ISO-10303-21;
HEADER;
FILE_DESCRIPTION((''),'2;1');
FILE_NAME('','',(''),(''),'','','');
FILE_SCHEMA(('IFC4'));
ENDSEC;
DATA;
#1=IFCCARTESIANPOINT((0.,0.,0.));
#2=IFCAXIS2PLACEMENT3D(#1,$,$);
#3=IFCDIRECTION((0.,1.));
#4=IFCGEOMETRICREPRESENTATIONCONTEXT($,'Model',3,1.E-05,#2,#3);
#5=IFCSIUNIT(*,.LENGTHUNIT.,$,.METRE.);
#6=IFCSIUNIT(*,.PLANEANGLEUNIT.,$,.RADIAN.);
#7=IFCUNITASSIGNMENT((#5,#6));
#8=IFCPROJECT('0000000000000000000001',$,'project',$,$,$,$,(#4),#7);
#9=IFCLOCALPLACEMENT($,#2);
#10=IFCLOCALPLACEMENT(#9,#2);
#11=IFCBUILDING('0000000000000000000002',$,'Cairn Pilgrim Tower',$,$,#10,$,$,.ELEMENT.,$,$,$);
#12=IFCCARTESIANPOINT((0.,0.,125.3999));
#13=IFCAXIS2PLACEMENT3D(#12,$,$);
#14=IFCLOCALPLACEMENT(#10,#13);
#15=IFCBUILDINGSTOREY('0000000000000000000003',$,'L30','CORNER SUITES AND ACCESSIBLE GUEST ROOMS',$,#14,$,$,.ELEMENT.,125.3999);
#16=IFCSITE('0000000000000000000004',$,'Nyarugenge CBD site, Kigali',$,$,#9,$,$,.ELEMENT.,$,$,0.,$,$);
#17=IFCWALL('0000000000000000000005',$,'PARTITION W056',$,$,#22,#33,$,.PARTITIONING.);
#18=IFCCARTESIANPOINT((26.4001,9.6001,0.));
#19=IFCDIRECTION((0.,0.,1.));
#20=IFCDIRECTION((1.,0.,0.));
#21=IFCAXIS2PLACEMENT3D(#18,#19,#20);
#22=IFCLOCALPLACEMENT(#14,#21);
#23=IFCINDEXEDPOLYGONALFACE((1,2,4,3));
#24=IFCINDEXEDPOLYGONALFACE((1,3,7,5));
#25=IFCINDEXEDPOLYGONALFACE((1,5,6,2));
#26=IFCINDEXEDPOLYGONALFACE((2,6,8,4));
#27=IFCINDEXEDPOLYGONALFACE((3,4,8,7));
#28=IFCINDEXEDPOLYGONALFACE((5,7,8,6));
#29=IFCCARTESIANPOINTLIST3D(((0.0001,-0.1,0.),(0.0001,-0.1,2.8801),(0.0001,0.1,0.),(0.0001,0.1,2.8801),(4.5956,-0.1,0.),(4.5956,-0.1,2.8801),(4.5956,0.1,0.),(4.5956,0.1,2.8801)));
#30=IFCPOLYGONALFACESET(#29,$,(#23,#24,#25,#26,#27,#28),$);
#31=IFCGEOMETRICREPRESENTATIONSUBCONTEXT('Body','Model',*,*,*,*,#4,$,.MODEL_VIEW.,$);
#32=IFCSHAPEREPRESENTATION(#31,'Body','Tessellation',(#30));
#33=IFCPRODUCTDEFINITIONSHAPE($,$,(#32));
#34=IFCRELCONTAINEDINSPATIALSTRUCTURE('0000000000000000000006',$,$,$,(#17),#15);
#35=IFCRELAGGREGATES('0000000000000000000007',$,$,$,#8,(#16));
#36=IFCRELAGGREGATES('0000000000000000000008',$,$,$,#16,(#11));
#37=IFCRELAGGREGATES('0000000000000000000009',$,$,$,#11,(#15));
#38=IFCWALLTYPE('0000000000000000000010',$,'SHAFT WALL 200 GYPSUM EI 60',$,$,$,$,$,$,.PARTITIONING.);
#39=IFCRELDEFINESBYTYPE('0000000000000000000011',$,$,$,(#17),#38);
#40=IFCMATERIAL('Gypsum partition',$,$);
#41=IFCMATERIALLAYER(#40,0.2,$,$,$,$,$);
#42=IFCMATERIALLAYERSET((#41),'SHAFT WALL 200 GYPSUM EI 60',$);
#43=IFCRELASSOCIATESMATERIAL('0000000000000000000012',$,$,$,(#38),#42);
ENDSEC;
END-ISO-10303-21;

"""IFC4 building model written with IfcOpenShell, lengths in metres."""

from ifc_helpers import new_model, si_unit, direction, frame, frame_2d, origin, place, context, subcontext, project, spatial, rectangle, extrude, material, layer, layer_set, type_object, element, save


model = new_model("IFC4")

# Units and contexts
model_context = context("Model", 3, precision=1e-05, world=origin(), true_north=direction((0.0, 1.0)))
body_context = subcontext(model_context, "Body", "Model", "MODEL_VIEW")
ifc_project = project(units=[si_unit("LENGTHUNIT", "METRE"), si_unit("PLANEANGLEUNIT", "RADIAN")], contexts=[model_context])

# Site, building, storey
site_placement = place(None, origin())
site = spatial("IfcSite", under=ifc_project, at=site_placement, Name="Nyarugenge CBD site, Kigali", CompositionType="ELEMENT", RefElevation=0.0)
building_placement = place(site_placement, origin())
building = spatial("IfcBuilding", under=site, at=building_placement, Name="Cairn Pilgrim Tower", CompositionType="ELEMENT")
storey_placement = place(building_placement, frame((0.0, 0.0, 125.3999)))
storey = spatial("IfcBuildingStorey", under=building, at=storey_placement, Name="L30", Description="CORNER SUITES AND ACCESSIBLE GUEST ROOMS", CompositionType="ELEMENT", Elevation=125.3999)

# Shared definitions
ifc_material_1 = material(Name="Gypsum partition")

# Wall
ifc_layer_1 = layer(ifc_material_1, 0.2)
ifc_layer_set_1 = layer_set([ifc_layer_1], Name="SHAFT WALL 200 GYPSUM EI 60")
wall_type_1 = type_object("IfcWallType", Name="SHAFT WALL 200 GYPSUM EI 60", PredefinedType="PARTITIONING", material=ifc_layer_set_1)
wall_1_placement = place(storey_placement, frame((26.4001, 9.6001, 0.0), z_axis=(0.0, 0.0, 1.0), x_axis=(1.0, 0.0, 0.0)))
element("IfcWall", 1, at=wall_1_placement, inside=storey, type_object=wall_type_1, Name="PARTITION W056", PredefinedType="PARTITIONING", context=body_context, shape_type="SweptSolid", body=[
    extrude(rectangle(XDim=4.5955, YDim=0.2, at=frame_2d((2.2979, 0.0))), origin(), (0.0, 0.0, 1.0), 2.8801),
])

save(model, "model.ifc")
